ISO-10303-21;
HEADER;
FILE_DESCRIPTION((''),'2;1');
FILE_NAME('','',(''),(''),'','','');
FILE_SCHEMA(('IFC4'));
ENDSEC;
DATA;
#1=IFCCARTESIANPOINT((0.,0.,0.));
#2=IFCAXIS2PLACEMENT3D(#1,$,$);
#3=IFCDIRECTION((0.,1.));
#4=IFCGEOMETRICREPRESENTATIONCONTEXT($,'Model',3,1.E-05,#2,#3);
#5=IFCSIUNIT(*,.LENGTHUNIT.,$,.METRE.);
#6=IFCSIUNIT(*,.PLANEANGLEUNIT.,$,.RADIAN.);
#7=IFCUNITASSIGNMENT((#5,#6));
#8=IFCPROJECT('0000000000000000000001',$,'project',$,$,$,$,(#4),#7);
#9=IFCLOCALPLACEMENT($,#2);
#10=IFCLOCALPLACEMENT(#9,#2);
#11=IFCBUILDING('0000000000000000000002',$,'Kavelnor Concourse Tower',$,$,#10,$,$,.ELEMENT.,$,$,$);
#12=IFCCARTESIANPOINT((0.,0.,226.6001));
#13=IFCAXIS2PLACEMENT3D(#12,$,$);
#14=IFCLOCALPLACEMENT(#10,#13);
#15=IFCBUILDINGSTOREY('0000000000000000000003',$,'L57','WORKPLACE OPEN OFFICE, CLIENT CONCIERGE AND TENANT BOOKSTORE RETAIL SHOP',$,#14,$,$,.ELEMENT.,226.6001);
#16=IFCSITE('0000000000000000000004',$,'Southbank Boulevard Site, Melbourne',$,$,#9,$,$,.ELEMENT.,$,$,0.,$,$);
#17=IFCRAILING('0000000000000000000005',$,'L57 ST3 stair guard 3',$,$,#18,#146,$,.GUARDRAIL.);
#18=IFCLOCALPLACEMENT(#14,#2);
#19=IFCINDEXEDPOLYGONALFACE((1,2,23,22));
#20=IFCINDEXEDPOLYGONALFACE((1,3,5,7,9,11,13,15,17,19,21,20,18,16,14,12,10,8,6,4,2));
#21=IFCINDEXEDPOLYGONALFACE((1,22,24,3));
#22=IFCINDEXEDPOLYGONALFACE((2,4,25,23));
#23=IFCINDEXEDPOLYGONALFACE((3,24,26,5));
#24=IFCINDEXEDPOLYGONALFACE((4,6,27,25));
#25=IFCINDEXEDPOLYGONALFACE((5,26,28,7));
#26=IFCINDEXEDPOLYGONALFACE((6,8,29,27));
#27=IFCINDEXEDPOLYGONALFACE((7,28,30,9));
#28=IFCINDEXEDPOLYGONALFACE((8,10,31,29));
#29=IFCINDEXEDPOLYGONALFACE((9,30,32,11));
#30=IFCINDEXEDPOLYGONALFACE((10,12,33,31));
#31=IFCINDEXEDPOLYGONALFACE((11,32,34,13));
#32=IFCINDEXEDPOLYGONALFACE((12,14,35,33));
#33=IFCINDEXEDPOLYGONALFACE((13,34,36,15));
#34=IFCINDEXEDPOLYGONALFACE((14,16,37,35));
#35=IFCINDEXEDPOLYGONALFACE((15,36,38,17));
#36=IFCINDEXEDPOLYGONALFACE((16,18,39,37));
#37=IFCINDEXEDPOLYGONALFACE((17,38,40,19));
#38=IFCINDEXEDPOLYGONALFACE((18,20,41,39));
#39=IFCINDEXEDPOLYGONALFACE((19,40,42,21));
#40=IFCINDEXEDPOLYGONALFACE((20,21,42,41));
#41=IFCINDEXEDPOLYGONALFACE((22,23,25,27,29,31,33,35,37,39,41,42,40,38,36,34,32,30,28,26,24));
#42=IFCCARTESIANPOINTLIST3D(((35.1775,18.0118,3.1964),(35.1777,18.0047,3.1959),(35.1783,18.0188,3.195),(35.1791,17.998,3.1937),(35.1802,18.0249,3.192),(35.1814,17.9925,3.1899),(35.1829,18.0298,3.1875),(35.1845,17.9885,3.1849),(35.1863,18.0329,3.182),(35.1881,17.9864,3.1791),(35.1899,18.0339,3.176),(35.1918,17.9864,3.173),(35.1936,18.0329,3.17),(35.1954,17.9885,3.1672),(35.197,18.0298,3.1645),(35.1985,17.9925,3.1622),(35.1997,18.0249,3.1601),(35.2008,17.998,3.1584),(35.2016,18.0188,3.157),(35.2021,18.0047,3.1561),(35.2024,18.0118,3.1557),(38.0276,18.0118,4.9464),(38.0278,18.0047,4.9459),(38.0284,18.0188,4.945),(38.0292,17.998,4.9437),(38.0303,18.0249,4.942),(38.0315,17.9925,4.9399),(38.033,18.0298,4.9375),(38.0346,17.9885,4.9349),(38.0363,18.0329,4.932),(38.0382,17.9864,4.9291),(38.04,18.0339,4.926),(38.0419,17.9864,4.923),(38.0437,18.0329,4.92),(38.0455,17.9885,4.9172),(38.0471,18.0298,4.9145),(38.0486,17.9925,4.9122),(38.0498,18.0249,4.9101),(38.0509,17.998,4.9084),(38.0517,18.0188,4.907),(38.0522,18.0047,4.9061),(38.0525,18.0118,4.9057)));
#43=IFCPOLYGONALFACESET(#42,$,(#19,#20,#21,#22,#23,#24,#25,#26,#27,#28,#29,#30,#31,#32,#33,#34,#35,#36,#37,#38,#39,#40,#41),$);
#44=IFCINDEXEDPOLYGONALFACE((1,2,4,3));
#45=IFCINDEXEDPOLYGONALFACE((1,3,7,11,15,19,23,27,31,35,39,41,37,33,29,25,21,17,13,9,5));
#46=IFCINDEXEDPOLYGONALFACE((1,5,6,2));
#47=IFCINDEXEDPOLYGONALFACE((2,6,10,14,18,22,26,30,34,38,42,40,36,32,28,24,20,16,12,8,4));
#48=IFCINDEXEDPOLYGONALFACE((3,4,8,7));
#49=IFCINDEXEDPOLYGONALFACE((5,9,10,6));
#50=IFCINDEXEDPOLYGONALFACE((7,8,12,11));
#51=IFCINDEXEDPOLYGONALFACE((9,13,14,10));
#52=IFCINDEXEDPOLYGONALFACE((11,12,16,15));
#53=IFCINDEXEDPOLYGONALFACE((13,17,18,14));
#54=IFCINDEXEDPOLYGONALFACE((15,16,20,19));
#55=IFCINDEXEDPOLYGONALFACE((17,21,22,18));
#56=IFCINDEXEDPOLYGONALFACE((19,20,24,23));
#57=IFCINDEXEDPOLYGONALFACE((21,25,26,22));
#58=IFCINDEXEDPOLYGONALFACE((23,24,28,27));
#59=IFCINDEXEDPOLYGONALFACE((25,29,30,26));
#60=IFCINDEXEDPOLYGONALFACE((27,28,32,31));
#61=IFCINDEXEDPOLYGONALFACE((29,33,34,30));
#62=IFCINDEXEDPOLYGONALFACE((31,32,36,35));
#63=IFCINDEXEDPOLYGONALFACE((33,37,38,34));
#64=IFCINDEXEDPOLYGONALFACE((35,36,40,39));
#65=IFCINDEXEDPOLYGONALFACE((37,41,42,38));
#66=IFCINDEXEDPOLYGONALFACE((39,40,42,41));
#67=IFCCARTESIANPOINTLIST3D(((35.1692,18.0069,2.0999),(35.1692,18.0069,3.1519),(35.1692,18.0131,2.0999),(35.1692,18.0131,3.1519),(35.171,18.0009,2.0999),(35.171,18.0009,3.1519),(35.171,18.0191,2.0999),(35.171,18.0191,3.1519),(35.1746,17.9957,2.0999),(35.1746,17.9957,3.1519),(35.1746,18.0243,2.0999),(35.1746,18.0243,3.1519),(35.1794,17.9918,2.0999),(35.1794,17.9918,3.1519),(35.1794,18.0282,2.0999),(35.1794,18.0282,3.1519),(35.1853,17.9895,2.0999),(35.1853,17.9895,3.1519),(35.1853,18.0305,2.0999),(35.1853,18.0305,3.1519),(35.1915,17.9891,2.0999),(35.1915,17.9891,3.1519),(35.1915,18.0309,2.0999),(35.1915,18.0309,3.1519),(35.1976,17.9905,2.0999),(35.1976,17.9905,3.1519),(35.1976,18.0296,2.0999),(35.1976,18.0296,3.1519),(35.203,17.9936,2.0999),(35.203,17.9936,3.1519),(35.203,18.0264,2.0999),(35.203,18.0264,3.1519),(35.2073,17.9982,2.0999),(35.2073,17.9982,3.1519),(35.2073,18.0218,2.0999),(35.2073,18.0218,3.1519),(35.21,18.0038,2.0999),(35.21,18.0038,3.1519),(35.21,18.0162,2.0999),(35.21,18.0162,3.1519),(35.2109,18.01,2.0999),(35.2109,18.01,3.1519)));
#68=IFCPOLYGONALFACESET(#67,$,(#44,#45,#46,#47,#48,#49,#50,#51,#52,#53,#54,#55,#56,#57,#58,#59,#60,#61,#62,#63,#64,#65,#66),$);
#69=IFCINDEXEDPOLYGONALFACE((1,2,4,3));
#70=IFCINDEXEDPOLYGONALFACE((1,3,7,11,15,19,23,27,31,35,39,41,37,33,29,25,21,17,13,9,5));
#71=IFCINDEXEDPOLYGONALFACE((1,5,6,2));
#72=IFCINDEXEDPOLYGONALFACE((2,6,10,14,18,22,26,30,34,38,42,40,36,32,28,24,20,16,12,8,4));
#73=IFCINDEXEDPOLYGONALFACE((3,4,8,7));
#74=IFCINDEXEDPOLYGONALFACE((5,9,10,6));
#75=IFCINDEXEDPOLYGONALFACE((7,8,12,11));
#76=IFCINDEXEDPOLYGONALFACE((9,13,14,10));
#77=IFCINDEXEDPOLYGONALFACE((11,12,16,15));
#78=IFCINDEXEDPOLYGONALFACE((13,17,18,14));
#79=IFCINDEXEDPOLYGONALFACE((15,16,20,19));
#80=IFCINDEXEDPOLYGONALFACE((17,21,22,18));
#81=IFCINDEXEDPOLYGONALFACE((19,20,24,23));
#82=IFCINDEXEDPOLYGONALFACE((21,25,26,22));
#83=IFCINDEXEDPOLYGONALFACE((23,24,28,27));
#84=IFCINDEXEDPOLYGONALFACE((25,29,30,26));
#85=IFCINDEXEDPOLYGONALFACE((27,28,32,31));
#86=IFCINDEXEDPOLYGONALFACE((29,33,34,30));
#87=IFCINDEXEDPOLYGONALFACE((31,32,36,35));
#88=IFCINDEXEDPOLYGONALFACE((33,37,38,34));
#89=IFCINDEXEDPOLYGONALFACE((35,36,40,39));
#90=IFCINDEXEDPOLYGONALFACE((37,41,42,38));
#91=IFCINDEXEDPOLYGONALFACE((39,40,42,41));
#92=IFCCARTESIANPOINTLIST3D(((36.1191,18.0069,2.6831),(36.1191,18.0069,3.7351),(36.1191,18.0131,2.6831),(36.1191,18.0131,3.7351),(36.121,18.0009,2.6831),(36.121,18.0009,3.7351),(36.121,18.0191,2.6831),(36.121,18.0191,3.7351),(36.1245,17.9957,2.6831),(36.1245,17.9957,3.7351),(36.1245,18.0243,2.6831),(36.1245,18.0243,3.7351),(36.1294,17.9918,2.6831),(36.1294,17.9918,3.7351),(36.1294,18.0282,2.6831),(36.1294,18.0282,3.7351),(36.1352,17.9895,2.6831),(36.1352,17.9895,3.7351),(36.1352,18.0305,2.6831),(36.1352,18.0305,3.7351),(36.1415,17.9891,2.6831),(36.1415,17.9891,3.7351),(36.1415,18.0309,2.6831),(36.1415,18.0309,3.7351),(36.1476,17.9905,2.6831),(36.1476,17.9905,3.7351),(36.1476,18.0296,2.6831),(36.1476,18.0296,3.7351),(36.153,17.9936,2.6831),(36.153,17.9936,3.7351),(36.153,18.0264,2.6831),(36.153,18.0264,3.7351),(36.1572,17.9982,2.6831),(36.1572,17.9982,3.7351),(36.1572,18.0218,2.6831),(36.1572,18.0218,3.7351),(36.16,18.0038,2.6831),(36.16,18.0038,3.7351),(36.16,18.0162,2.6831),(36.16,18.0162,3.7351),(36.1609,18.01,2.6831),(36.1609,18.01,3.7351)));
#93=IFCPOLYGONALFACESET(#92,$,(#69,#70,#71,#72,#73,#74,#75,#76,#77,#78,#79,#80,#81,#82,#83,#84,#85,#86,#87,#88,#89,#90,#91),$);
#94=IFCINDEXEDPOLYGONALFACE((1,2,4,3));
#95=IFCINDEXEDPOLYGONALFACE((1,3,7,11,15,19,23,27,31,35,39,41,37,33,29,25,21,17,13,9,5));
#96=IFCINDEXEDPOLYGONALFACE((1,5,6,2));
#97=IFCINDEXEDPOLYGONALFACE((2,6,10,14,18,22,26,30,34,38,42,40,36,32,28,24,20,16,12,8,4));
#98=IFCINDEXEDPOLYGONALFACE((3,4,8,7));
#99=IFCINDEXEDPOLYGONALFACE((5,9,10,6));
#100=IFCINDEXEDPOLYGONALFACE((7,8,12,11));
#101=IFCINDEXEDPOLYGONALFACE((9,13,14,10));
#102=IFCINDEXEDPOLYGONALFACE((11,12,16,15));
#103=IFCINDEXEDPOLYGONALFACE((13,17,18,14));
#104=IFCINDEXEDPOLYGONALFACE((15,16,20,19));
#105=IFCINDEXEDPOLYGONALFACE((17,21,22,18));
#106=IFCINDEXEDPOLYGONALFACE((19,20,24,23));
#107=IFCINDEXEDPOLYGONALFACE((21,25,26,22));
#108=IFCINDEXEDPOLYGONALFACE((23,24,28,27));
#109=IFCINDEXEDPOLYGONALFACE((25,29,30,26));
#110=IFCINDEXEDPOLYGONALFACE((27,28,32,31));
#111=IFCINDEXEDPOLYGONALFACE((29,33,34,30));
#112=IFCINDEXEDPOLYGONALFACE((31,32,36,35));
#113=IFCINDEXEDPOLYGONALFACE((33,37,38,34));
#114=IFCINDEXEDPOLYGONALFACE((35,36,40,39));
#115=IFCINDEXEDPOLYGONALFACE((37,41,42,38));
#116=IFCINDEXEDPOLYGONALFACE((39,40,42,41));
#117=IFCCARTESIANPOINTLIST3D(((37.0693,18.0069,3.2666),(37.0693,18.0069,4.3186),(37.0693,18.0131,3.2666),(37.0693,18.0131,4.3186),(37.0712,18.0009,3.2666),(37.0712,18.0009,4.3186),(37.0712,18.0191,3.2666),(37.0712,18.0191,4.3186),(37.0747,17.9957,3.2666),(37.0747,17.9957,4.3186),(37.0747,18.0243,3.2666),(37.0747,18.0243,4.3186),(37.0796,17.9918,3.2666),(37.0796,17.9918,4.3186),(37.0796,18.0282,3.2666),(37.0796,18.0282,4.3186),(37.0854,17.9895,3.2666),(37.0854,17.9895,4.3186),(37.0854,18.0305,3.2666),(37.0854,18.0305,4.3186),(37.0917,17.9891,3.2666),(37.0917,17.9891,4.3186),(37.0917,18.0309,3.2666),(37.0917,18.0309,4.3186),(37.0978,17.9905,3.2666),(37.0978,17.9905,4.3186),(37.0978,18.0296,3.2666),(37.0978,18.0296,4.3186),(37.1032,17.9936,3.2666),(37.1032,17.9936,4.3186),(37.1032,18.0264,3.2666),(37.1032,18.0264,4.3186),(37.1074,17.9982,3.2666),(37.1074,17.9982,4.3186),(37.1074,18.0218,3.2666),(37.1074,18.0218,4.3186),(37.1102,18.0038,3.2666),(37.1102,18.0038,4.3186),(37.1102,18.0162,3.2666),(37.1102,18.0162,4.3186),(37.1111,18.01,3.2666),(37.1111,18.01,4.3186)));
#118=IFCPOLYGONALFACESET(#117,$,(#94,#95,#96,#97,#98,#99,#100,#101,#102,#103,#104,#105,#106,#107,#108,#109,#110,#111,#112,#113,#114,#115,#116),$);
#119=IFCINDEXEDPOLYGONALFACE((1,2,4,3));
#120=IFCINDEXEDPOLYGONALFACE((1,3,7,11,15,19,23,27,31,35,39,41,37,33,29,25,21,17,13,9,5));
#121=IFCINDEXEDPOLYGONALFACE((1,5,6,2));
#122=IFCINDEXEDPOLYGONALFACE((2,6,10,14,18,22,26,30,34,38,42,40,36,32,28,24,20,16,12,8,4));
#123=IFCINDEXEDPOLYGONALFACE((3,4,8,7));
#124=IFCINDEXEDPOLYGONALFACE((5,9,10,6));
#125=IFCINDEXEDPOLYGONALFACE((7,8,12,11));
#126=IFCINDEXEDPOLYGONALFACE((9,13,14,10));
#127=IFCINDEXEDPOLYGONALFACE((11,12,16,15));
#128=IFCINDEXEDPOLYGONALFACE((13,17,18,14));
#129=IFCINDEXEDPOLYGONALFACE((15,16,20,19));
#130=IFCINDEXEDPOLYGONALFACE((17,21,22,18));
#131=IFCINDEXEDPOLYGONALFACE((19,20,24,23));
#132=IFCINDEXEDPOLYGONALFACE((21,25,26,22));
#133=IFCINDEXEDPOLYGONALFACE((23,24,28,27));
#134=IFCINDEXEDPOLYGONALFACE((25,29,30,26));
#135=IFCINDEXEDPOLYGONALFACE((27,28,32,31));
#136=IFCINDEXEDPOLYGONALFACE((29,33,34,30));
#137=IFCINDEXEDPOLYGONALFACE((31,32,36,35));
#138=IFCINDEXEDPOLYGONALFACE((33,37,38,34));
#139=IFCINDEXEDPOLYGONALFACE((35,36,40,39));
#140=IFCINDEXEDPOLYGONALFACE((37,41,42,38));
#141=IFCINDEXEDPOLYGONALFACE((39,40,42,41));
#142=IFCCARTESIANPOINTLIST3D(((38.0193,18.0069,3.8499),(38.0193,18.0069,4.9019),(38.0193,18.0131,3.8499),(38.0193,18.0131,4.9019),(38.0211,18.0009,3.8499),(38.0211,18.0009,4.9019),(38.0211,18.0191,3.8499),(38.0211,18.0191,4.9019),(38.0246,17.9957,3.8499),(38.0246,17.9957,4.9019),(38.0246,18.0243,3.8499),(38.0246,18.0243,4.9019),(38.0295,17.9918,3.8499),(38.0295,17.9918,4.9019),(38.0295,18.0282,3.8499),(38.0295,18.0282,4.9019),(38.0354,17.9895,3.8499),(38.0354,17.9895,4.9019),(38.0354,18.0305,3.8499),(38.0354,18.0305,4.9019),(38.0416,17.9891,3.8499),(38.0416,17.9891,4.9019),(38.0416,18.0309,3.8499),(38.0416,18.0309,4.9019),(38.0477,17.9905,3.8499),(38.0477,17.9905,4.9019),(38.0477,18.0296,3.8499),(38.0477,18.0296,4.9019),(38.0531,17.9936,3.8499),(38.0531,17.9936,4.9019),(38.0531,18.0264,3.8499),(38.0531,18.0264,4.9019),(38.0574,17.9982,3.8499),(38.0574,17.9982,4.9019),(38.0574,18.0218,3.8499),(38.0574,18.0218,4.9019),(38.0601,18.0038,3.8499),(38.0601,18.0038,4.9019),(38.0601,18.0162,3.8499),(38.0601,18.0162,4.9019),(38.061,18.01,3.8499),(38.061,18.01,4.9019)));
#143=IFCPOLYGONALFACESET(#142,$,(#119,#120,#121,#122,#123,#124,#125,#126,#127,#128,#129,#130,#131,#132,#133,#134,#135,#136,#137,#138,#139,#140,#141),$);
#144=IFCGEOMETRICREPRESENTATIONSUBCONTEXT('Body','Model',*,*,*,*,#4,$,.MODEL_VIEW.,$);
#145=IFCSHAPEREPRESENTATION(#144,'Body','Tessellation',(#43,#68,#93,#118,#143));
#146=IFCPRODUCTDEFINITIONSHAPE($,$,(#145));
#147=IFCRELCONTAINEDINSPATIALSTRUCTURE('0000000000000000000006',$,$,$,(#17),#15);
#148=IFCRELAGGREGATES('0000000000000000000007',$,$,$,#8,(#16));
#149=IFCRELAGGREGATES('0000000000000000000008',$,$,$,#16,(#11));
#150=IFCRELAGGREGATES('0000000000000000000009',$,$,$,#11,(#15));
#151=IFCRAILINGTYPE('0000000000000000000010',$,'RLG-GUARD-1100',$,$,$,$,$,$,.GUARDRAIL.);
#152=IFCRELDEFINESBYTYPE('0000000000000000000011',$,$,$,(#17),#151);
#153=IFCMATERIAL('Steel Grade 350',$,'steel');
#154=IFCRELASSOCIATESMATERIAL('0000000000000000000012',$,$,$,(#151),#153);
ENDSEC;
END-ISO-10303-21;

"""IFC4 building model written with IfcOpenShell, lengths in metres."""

from ifc_helpers import new_model, si_unit, direction, frame, origin, origin_2d, place, context, subcontext, project, spatial, circle, extrude, material, type_object, element, save


model = new_model("IFC4")

# Units and contexts
model_context = context("Model", 3, precision=1e-05, world=origin(), true_north=direction((0.0, 1.0)))
body_context = subcontext(model_context, "Body", "Model", "MODEL_VIEW")
ifc_project = project(units=[si_unit("LENGTHUNIT", "METRE"), si_unit("PLANEANGLEUNIT", "RADIAN")], contexts=[model_context])

# Site, building, storey
site_placement = place(None, origin())
site = spatial("IfcSite", under=ifc_project, at=site_placement, Name="Southbank Boulevard Site, Melbourne", CompositionType="ELEMENT", RefElevation=0.0)
building_placement = place(site_placement, origin())
building = spatial("IfcBuilding", under=site, at=building_placement, Name="Kavelnor Concourse Tower", CompositionType="ELEMENT")
storey_placement = place(building_placement, frame((0.0, 0.0, 226.6001)))
storey = spatial("IfcBuildingStorey", under=building, at=storey_placement, Name="L57", Description="WORKPLACE OPEN OFFICE, CLIENT CONCIERGE AND TENANT BOOKSTORE RETAIL SHOP", CompositionType="ELEMENT", Elevation=226.6001)

# Shared definitions
ifc_material_1 = material(Name="Steel Grade 350", Category="steel")

# Railing
railing_type_1 = type_object("IfcRailingType", Name="RLG-GUARD-1100", PredefinedType="GUARDRAIL", material=ifc_material_1)
railing_1_placement = place(storey_placement, frame((35.1899, 18.01, 2.0999)))
element("IfcRailing", 1, at=railing_1_placement, inside=storey, type_object=railing_type_1, Name="L57 ST3 stair guard 3", PredefinedType="GUARDRAIL", context=body_context, shape_type="SweptSolid", body=[
    extrude(circle(Radius=0.0239, at=origin_2d()), frame((0.0, 0.0, 1.0762), z_axis=(0.852179, 0.0, 0.52325), x_axis=(0.0, 1.0, 0.0)), (0.0, 0.0, 1.0), 3.3445),
    extrude(circle(Radius=0.021, at=origin_2d()), origin(), (0.0, 0.0, 1.0), 1.052),
    extrude(circle(Radius=0.021, at=origin_2d()), frame((0.95, 0.0, 0.5833)), (0.0, 0.0, 1.0), 1.052),
    extrude(circle(Radius=0.021, at=origin_2d()), frame((1.9001, 0.0, 1.1667)), (0.0, 0.0, 1.0), 1.052),
    extrude(circle(Radius=0.021, at=origin_2d()), frame((2.8501, 0.0, 1.75)), (0.0, 0.0, 1.0), 1.052),
])

save(model, "model.ifc")
